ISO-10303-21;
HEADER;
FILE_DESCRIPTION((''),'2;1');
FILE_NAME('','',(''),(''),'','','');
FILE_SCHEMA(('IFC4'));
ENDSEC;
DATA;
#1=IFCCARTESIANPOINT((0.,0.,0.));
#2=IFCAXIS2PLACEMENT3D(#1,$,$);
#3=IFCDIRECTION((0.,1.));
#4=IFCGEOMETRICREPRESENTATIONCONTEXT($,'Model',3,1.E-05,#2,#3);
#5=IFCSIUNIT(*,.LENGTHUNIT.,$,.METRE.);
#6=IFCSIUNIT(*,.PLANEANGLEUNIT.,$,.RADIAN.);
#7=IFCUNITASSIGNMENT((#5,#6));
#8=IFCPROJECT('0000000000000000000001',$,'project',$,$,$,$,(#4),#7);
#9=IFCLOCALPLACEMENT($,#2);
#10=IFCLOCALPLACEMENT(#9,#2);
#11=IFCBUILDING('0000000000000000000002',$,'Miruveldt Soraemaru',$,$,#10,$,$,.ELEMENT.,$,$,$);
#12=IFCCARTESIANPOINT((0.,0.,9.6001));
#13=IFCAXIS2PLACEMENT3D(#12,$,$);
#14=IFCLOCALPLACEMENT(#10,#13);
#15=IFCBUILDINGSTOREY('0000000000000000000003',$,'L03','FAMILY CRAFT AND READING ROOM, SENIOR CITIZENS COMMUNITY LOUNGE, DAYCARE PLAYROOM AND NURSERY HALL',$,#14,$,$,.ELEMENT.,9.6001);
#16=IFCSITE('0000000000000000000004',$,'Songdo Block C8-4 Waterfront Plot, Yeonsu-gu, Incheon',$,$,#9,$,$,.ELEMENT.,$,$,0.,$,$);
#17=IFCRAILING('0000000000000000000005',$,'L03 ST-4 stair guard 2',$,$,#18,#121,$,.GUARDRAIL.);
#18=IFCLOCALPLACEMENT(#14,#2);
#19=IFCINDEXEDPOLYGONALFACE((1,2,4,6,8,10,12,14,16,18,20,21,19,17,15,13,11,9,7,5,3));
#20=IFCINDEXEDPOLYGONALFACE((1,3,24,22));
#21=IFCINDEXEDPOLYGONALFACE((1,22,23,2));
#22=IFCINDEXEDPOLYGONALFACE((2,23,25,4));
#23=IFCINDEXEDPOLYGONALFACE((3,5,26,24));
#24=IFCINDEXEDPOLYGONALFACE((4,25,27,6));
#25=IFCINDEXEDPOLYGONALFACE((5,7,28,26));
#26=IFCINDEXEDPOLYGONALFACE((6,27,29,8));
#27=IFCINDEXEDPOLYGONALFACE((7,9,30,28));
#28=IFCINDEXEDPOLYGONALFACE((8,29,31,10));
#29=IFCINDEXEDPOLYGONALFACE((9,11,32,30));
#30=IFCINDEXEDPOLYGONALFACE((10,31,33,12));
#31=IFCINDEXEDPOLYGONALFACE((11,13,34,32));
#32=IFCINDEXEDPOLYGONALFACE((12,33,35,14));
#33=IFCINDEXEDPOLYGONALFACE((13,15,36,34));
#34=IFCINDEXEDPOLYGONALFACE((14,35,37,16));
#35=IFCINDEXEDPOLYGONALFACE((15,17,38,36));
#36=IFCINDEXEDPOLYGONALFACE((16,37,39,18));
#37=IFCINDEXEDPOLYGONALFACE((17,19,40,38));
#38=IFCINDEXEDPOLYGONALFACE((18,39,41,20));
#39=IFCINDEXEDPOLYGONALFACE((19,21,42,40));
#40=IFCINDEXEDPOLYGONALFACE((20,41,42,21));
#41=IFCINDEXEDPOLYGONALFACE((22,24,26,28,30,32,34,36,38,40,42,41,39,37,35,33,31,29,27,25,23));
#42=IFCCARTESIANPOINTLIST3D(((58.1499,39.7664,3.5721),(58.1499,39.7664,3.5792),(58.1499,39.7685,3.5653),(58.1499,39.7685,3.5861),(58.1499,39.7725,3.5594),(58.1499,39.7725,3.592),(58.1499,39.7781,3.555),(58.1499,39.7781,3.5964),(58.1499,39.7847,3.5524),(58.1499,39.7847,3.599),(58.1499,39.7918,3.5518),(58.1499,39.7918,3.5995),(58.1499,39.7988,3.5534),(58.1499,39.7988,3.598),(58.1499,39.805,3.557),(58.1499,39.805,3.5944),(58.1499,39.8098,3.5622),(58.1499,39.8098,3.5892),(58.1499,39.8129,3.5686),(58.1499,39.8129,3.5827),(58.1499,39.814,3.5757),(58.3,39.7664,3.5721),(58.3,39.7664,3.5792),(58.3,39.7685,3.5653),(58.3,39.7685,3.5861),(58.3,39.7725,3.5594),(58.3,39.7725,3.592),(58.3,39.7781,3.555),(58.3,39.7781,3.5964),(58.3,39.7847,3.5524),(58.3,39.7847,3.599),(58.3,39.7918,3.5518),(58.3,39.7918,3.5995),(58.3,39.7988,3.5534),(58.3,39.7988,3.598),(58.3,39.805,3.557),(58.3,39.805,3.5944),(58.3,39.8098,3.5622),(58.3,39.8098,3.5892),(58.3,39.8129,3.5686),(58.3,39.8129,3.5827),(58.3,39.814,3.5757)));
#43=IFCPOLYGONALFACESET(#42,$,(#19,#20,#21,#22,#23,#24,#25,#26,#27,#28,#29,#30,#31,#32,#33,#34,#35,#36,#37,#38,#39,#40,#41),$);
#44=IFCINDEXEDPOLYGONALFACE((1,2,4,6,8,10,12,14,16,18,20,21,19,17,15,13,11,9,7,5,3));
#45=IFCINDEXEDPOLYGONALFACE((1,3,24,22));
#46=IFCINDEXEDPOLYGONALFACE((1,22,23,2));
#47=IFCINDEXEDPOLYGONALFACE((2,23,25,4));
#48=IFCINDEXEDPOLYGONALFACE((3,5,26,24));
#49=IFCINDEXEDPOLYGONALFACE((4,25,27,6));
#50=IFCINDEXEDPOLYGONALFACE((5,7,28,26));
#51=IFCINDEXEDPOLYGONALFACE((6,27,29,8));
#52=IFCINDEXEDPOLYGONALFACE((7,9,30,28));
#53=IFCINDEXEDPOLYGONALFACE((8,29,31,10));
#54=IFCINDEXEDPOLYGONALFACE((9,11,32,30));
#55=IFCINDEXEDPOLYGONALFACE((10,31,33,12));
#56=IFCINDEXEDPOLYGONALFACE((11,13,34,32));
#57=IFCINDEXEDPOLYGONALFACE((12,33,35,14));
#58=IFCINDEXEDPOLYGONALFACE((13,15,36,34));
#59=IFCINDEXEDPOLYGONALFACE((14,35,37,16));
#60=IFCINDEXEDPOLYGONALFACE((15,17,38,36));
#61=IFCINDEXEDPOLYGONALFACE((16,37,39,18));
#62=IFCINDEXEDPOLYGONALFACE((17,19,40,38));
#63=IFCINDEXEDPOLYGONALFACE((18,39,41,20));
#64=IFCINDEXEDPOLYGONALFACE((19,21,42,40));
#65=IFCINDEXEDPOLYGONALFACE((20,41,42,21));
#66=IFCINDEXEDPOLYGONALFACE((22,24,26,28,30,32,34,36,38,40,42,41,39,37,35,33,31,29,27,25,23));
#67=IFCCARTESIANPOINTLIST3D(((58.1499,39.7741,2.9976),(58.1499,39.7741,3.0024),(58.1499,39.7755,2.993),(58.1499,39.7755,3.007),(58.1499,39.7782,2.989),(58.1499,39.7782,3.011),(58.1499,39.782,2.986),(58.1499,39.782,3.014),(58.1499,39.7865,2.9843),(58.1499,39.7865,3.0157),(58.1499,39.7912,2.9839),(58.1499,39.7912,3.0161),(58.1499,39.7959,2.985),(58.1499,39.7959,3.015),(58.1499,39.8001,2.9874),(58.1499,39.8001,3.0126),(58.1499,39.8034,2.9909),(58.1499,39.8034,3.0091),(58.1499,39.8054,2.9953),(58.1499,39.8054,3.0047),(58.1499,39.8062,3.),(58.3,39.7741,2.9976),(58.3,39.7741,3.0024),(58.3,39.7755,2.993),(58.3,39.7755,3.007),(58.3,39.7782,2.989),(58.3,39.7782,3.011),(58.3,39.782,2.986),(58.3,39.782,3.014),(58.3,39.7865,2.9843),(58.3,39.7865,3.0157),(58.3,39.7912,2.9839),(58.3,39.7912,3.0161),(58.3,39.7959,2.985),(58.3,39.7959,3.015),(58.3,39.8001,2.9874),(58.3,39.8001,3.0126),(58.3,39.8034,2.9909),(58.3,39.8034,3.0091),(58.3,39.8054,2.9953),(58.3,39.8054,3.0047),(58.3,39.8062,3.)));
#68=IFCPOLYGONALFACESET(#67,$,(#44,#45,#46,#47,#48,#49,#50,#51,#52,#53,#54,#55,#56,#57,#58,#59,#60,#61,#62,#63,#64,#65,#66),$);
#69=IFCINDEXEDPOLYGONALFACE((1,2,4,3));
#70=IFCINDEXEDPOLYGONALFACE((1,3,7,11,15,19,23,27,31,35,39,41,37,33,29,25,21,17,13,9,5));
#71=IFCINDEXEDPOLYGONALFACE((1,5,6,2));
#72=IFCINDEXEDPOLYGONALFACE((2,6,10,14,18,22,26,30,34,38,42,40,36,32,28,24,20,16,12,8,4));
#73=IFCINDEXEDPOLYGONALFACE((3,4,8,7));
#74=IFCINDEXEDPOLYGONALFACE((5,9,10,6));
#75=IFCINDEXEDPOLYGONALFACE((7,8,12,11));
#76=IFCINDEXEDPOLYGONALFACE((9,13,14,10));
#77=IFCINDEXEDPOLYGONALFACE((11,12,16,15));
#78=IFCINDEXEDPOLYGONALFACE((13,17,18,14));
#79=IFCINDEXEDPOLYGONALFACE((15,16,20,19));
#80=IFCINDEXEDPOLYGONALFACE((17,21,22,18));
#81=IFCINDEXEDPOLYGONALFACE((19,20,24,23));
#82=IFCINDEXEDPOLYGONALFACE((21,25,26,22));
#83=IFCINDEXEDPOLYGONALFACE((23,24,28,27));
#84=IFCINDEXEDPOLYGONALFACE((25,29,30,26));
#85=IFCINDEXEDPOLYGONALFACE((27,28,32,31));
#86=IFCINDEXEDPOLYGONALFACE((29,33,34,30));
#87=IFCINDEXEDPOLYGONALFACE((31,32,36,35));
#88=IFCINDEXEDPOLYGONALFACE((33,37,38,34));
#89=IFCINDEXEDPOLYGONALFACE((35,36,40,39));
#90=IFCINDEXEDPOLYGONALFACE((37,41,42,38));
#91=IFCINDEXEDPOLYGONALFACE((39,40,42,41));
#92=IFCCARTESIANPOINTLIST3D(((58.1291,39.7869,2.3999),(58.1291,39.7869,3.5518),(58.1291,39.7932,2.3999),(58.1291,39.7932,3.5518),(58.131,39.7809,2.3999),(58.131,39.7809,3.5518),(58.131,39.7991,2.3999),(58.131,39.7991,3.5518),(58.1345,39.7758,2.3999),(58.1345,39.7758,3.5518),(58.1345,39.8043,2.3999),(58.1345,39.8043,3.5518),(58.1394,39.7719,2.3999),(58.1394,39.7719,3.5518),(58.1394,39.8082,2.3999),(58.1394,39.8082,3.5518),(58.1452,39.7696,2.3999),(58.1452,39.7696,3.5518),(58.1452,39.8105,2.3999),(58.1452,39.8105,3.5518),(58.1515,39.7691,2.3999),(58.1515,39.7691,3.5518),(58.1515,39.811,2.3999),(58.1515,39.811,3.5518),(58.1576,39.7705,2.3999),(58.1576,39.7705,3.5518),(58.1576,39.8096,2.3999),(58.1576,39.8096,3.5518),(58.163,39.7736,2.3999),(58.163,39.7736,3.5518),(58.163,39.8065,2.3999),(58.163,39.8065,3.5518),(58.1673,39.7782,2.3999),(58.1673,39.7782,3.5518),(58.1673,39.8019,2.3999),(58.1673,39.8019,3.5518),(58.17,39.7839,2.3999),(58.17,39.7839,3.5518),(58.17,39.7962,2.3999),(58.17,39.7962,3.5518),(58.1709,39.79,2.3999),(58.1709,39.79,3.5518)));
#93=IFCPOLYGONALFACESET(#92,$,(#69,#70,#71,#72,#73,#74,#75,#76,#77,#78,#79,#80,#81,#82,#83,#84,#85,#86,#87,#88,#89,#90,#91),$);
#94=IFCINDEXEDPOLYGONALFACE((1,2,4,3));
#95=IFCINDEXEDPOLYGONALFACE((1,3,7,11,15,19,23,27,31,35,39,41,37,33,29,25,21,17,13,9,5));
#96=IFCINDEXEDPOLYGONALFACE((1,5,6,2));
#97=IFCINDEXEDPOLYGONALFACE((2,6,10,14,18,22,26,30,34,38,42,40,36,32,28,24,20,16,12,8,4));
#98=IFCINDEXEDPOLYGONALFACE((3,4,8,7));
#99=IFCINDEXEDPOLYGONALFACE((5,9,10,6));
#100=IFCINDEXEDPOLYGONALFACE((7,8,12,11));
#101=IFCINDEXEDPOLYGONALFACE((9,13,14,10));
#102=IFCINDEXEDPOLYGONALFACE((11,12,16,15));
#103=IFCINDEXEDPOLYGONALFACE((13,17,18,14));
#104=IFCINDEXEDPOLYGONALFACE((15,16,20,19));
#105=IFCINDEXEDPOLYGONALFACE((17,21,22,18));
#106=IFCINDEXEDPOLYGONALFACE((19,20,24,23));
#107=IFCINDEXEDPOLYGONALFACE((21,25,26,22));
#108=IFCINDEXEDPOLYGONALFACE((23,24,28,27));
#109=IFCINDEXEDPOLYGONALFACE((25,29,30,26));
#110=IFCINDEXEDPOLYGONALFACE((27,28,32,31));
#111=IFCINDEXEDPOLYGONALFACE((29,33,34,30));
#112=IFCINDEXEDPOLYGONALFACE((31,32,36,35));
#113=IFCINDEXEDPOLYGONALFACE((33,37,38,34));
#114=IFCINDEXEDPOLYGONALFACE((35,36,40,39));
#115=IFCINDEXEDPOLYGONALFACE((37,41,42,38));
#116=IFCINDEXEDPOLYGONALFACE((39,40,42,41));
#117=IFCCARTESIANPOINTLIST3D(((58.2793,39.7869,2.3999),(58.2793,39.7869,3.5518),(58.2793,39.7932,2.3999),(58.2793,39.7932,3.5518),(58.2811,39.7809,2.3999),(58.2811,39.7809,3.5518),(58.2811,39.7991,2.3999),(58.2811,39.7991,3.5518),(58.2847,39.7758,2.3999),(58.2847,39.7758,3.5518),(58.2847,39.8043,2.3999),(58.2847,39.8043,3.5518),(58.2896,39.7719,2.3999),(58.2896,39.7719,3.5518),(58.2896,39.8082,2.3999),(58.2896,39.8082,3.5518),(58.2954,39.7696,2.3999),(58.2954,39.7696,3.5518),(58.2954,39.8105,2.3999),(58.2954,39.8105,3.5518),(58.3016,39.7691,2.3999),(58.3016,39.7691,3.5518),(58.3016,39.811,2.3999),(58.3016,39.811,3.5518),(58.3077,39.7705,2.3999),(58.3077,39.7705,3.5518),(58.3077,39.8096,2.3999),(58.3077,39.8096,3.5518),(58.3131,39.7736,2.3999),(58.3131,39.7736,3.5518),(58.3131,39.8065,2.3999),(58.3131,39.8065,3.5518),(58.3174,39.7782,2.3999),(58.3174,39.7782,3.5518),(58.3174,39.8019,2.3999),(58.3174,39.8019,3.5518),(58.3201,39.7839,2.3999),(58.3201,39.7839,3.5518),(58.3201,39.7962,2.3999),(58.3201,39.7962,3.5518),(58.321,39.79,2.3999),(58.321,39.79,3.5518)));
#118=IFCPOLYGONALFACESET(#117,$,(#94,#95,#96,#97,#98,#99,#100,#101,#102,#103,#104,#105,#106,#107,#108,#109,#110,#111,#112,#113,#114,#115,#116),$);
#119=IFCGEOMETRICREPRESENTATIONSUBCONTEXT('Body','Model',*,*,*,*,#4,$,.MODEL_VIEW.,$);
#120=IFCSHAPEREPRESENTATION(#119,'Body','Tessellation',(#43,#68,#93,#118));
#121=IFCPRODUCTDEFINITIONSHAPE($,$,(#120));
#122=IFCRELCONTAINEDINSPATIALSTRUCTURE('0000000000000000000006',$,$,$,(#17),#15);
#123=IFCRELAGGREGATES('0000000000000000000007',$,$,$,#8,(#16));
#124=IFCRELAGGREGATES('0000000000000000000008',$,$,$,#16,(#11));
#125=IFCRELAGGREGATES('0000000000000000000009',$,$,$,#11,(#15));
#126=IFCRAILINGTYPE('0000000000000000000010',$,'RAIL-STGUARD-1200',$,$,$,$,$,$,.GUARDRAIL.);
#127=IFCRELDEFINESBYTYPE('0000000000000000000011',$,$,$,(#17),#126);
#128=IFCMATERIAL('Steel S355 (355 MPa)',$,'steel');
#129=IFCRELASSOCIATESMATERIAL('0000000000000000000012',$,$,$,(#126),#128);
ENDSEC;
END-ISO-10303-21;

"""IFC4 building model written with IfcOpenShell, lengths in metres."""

from ifc_helpers import new_model, si_unit, direction, frame, origin, origin_2d, place, context, subcontext, project, spatial, circle, extrude, material, type_object, element, save


model = new_model("IFC4")

# Units and contexts
model_context = context("Model", 3, precision=1e-05, world=origin(), true_north=direction((0.0, 1.0)))
body_context = subcontext(model_context, "Body", "Model", "MODEL_VIEW")
ifc_project = project(units=[si_unit("LENGTHUNIT", "METRE"), si_unit("PLANEANGLEUNIT", "RADIAN")], contexts=[model_context])

# Site, building, storey
site_placement = place(None, origin())
site = spatial("IfcSite", under=ifc_project, at=site_placement, Name="Songdo Block C8-4 Waterfront Plot, Yeonsu-gu, Incheon", CompositionType="ELEMENT", RefElevation=0.0)
building_placement = place(site_placement, origin())
building = spatial("IfcBuilding", under=site, at=building_placement, Name="Miruveldt Soraemaru", CompositionType="ELEMENT")
storey_placement = place(building_placement, frame((0.0, 0.0, 9.6001)))
storey = spatial("IfcBuildingStorey", under=building, at=storey_placement, Name="L03", Description="FAMILY CRAFT AND READING ROOM, SENIOR CITIZENS COMMUNITY LOUNGE, DAYCARE PLAYROOM AND NURSERY HALL", CompositionType="ELEMENT", Elevation=9.6001)

# Shared definitions
ifc_material_1 = material(Name="Steel S355 (355 MPa)", Category="steel")

# Railing
railing_type_1 = type_object("IfcRailingType", Name="RAIL-STGUARD-1200", PredefinedType="GUARDRAIL", material=ifc_material_1)
railing_1_placement = place(storey_placement, frame((58.1499, 39.79, 2.3999)))
element("IfcRailing", 1, at=railing_1_placement, inside=storey, type_object=railing_type_1, Name="L03 ST-4 stair guard 2", PredefinedType="GUARDRAIL", context=body_context, shape_type="SweptSolid", body=[
    extrude(circle(Radius=0.0239, at=origin_2d()), frame((0.0, 0.0, 1.1758), z_axis=(1.0, 0.0, 0.0), x_axis=(0.0, 1.0, 0.0)), (0.0, 0.0, 1.0), 0.1501),
    extrude(circle(Radius=0.0161, at=origin_2d()), frame((0.0, 0.0, 0.6001), z_axis=(1.0, 0.0, 0.0), x_axis=(0.0, 1.0, 0.0)), (0.0, 0.0, 1.0), 0.1501),
    extrude(circle(Radius=0.021, at=origin_2d()), origin(), (0.0, 0.0, 1.0), 1.1519),
    extrude(circle(Radius=0.021, at=origin_2d()), frame((0.1501, 0.0, 0.0)), (0.0, 0.0, 1.0), 1.1519),
])

save(model, "model.ifc")
